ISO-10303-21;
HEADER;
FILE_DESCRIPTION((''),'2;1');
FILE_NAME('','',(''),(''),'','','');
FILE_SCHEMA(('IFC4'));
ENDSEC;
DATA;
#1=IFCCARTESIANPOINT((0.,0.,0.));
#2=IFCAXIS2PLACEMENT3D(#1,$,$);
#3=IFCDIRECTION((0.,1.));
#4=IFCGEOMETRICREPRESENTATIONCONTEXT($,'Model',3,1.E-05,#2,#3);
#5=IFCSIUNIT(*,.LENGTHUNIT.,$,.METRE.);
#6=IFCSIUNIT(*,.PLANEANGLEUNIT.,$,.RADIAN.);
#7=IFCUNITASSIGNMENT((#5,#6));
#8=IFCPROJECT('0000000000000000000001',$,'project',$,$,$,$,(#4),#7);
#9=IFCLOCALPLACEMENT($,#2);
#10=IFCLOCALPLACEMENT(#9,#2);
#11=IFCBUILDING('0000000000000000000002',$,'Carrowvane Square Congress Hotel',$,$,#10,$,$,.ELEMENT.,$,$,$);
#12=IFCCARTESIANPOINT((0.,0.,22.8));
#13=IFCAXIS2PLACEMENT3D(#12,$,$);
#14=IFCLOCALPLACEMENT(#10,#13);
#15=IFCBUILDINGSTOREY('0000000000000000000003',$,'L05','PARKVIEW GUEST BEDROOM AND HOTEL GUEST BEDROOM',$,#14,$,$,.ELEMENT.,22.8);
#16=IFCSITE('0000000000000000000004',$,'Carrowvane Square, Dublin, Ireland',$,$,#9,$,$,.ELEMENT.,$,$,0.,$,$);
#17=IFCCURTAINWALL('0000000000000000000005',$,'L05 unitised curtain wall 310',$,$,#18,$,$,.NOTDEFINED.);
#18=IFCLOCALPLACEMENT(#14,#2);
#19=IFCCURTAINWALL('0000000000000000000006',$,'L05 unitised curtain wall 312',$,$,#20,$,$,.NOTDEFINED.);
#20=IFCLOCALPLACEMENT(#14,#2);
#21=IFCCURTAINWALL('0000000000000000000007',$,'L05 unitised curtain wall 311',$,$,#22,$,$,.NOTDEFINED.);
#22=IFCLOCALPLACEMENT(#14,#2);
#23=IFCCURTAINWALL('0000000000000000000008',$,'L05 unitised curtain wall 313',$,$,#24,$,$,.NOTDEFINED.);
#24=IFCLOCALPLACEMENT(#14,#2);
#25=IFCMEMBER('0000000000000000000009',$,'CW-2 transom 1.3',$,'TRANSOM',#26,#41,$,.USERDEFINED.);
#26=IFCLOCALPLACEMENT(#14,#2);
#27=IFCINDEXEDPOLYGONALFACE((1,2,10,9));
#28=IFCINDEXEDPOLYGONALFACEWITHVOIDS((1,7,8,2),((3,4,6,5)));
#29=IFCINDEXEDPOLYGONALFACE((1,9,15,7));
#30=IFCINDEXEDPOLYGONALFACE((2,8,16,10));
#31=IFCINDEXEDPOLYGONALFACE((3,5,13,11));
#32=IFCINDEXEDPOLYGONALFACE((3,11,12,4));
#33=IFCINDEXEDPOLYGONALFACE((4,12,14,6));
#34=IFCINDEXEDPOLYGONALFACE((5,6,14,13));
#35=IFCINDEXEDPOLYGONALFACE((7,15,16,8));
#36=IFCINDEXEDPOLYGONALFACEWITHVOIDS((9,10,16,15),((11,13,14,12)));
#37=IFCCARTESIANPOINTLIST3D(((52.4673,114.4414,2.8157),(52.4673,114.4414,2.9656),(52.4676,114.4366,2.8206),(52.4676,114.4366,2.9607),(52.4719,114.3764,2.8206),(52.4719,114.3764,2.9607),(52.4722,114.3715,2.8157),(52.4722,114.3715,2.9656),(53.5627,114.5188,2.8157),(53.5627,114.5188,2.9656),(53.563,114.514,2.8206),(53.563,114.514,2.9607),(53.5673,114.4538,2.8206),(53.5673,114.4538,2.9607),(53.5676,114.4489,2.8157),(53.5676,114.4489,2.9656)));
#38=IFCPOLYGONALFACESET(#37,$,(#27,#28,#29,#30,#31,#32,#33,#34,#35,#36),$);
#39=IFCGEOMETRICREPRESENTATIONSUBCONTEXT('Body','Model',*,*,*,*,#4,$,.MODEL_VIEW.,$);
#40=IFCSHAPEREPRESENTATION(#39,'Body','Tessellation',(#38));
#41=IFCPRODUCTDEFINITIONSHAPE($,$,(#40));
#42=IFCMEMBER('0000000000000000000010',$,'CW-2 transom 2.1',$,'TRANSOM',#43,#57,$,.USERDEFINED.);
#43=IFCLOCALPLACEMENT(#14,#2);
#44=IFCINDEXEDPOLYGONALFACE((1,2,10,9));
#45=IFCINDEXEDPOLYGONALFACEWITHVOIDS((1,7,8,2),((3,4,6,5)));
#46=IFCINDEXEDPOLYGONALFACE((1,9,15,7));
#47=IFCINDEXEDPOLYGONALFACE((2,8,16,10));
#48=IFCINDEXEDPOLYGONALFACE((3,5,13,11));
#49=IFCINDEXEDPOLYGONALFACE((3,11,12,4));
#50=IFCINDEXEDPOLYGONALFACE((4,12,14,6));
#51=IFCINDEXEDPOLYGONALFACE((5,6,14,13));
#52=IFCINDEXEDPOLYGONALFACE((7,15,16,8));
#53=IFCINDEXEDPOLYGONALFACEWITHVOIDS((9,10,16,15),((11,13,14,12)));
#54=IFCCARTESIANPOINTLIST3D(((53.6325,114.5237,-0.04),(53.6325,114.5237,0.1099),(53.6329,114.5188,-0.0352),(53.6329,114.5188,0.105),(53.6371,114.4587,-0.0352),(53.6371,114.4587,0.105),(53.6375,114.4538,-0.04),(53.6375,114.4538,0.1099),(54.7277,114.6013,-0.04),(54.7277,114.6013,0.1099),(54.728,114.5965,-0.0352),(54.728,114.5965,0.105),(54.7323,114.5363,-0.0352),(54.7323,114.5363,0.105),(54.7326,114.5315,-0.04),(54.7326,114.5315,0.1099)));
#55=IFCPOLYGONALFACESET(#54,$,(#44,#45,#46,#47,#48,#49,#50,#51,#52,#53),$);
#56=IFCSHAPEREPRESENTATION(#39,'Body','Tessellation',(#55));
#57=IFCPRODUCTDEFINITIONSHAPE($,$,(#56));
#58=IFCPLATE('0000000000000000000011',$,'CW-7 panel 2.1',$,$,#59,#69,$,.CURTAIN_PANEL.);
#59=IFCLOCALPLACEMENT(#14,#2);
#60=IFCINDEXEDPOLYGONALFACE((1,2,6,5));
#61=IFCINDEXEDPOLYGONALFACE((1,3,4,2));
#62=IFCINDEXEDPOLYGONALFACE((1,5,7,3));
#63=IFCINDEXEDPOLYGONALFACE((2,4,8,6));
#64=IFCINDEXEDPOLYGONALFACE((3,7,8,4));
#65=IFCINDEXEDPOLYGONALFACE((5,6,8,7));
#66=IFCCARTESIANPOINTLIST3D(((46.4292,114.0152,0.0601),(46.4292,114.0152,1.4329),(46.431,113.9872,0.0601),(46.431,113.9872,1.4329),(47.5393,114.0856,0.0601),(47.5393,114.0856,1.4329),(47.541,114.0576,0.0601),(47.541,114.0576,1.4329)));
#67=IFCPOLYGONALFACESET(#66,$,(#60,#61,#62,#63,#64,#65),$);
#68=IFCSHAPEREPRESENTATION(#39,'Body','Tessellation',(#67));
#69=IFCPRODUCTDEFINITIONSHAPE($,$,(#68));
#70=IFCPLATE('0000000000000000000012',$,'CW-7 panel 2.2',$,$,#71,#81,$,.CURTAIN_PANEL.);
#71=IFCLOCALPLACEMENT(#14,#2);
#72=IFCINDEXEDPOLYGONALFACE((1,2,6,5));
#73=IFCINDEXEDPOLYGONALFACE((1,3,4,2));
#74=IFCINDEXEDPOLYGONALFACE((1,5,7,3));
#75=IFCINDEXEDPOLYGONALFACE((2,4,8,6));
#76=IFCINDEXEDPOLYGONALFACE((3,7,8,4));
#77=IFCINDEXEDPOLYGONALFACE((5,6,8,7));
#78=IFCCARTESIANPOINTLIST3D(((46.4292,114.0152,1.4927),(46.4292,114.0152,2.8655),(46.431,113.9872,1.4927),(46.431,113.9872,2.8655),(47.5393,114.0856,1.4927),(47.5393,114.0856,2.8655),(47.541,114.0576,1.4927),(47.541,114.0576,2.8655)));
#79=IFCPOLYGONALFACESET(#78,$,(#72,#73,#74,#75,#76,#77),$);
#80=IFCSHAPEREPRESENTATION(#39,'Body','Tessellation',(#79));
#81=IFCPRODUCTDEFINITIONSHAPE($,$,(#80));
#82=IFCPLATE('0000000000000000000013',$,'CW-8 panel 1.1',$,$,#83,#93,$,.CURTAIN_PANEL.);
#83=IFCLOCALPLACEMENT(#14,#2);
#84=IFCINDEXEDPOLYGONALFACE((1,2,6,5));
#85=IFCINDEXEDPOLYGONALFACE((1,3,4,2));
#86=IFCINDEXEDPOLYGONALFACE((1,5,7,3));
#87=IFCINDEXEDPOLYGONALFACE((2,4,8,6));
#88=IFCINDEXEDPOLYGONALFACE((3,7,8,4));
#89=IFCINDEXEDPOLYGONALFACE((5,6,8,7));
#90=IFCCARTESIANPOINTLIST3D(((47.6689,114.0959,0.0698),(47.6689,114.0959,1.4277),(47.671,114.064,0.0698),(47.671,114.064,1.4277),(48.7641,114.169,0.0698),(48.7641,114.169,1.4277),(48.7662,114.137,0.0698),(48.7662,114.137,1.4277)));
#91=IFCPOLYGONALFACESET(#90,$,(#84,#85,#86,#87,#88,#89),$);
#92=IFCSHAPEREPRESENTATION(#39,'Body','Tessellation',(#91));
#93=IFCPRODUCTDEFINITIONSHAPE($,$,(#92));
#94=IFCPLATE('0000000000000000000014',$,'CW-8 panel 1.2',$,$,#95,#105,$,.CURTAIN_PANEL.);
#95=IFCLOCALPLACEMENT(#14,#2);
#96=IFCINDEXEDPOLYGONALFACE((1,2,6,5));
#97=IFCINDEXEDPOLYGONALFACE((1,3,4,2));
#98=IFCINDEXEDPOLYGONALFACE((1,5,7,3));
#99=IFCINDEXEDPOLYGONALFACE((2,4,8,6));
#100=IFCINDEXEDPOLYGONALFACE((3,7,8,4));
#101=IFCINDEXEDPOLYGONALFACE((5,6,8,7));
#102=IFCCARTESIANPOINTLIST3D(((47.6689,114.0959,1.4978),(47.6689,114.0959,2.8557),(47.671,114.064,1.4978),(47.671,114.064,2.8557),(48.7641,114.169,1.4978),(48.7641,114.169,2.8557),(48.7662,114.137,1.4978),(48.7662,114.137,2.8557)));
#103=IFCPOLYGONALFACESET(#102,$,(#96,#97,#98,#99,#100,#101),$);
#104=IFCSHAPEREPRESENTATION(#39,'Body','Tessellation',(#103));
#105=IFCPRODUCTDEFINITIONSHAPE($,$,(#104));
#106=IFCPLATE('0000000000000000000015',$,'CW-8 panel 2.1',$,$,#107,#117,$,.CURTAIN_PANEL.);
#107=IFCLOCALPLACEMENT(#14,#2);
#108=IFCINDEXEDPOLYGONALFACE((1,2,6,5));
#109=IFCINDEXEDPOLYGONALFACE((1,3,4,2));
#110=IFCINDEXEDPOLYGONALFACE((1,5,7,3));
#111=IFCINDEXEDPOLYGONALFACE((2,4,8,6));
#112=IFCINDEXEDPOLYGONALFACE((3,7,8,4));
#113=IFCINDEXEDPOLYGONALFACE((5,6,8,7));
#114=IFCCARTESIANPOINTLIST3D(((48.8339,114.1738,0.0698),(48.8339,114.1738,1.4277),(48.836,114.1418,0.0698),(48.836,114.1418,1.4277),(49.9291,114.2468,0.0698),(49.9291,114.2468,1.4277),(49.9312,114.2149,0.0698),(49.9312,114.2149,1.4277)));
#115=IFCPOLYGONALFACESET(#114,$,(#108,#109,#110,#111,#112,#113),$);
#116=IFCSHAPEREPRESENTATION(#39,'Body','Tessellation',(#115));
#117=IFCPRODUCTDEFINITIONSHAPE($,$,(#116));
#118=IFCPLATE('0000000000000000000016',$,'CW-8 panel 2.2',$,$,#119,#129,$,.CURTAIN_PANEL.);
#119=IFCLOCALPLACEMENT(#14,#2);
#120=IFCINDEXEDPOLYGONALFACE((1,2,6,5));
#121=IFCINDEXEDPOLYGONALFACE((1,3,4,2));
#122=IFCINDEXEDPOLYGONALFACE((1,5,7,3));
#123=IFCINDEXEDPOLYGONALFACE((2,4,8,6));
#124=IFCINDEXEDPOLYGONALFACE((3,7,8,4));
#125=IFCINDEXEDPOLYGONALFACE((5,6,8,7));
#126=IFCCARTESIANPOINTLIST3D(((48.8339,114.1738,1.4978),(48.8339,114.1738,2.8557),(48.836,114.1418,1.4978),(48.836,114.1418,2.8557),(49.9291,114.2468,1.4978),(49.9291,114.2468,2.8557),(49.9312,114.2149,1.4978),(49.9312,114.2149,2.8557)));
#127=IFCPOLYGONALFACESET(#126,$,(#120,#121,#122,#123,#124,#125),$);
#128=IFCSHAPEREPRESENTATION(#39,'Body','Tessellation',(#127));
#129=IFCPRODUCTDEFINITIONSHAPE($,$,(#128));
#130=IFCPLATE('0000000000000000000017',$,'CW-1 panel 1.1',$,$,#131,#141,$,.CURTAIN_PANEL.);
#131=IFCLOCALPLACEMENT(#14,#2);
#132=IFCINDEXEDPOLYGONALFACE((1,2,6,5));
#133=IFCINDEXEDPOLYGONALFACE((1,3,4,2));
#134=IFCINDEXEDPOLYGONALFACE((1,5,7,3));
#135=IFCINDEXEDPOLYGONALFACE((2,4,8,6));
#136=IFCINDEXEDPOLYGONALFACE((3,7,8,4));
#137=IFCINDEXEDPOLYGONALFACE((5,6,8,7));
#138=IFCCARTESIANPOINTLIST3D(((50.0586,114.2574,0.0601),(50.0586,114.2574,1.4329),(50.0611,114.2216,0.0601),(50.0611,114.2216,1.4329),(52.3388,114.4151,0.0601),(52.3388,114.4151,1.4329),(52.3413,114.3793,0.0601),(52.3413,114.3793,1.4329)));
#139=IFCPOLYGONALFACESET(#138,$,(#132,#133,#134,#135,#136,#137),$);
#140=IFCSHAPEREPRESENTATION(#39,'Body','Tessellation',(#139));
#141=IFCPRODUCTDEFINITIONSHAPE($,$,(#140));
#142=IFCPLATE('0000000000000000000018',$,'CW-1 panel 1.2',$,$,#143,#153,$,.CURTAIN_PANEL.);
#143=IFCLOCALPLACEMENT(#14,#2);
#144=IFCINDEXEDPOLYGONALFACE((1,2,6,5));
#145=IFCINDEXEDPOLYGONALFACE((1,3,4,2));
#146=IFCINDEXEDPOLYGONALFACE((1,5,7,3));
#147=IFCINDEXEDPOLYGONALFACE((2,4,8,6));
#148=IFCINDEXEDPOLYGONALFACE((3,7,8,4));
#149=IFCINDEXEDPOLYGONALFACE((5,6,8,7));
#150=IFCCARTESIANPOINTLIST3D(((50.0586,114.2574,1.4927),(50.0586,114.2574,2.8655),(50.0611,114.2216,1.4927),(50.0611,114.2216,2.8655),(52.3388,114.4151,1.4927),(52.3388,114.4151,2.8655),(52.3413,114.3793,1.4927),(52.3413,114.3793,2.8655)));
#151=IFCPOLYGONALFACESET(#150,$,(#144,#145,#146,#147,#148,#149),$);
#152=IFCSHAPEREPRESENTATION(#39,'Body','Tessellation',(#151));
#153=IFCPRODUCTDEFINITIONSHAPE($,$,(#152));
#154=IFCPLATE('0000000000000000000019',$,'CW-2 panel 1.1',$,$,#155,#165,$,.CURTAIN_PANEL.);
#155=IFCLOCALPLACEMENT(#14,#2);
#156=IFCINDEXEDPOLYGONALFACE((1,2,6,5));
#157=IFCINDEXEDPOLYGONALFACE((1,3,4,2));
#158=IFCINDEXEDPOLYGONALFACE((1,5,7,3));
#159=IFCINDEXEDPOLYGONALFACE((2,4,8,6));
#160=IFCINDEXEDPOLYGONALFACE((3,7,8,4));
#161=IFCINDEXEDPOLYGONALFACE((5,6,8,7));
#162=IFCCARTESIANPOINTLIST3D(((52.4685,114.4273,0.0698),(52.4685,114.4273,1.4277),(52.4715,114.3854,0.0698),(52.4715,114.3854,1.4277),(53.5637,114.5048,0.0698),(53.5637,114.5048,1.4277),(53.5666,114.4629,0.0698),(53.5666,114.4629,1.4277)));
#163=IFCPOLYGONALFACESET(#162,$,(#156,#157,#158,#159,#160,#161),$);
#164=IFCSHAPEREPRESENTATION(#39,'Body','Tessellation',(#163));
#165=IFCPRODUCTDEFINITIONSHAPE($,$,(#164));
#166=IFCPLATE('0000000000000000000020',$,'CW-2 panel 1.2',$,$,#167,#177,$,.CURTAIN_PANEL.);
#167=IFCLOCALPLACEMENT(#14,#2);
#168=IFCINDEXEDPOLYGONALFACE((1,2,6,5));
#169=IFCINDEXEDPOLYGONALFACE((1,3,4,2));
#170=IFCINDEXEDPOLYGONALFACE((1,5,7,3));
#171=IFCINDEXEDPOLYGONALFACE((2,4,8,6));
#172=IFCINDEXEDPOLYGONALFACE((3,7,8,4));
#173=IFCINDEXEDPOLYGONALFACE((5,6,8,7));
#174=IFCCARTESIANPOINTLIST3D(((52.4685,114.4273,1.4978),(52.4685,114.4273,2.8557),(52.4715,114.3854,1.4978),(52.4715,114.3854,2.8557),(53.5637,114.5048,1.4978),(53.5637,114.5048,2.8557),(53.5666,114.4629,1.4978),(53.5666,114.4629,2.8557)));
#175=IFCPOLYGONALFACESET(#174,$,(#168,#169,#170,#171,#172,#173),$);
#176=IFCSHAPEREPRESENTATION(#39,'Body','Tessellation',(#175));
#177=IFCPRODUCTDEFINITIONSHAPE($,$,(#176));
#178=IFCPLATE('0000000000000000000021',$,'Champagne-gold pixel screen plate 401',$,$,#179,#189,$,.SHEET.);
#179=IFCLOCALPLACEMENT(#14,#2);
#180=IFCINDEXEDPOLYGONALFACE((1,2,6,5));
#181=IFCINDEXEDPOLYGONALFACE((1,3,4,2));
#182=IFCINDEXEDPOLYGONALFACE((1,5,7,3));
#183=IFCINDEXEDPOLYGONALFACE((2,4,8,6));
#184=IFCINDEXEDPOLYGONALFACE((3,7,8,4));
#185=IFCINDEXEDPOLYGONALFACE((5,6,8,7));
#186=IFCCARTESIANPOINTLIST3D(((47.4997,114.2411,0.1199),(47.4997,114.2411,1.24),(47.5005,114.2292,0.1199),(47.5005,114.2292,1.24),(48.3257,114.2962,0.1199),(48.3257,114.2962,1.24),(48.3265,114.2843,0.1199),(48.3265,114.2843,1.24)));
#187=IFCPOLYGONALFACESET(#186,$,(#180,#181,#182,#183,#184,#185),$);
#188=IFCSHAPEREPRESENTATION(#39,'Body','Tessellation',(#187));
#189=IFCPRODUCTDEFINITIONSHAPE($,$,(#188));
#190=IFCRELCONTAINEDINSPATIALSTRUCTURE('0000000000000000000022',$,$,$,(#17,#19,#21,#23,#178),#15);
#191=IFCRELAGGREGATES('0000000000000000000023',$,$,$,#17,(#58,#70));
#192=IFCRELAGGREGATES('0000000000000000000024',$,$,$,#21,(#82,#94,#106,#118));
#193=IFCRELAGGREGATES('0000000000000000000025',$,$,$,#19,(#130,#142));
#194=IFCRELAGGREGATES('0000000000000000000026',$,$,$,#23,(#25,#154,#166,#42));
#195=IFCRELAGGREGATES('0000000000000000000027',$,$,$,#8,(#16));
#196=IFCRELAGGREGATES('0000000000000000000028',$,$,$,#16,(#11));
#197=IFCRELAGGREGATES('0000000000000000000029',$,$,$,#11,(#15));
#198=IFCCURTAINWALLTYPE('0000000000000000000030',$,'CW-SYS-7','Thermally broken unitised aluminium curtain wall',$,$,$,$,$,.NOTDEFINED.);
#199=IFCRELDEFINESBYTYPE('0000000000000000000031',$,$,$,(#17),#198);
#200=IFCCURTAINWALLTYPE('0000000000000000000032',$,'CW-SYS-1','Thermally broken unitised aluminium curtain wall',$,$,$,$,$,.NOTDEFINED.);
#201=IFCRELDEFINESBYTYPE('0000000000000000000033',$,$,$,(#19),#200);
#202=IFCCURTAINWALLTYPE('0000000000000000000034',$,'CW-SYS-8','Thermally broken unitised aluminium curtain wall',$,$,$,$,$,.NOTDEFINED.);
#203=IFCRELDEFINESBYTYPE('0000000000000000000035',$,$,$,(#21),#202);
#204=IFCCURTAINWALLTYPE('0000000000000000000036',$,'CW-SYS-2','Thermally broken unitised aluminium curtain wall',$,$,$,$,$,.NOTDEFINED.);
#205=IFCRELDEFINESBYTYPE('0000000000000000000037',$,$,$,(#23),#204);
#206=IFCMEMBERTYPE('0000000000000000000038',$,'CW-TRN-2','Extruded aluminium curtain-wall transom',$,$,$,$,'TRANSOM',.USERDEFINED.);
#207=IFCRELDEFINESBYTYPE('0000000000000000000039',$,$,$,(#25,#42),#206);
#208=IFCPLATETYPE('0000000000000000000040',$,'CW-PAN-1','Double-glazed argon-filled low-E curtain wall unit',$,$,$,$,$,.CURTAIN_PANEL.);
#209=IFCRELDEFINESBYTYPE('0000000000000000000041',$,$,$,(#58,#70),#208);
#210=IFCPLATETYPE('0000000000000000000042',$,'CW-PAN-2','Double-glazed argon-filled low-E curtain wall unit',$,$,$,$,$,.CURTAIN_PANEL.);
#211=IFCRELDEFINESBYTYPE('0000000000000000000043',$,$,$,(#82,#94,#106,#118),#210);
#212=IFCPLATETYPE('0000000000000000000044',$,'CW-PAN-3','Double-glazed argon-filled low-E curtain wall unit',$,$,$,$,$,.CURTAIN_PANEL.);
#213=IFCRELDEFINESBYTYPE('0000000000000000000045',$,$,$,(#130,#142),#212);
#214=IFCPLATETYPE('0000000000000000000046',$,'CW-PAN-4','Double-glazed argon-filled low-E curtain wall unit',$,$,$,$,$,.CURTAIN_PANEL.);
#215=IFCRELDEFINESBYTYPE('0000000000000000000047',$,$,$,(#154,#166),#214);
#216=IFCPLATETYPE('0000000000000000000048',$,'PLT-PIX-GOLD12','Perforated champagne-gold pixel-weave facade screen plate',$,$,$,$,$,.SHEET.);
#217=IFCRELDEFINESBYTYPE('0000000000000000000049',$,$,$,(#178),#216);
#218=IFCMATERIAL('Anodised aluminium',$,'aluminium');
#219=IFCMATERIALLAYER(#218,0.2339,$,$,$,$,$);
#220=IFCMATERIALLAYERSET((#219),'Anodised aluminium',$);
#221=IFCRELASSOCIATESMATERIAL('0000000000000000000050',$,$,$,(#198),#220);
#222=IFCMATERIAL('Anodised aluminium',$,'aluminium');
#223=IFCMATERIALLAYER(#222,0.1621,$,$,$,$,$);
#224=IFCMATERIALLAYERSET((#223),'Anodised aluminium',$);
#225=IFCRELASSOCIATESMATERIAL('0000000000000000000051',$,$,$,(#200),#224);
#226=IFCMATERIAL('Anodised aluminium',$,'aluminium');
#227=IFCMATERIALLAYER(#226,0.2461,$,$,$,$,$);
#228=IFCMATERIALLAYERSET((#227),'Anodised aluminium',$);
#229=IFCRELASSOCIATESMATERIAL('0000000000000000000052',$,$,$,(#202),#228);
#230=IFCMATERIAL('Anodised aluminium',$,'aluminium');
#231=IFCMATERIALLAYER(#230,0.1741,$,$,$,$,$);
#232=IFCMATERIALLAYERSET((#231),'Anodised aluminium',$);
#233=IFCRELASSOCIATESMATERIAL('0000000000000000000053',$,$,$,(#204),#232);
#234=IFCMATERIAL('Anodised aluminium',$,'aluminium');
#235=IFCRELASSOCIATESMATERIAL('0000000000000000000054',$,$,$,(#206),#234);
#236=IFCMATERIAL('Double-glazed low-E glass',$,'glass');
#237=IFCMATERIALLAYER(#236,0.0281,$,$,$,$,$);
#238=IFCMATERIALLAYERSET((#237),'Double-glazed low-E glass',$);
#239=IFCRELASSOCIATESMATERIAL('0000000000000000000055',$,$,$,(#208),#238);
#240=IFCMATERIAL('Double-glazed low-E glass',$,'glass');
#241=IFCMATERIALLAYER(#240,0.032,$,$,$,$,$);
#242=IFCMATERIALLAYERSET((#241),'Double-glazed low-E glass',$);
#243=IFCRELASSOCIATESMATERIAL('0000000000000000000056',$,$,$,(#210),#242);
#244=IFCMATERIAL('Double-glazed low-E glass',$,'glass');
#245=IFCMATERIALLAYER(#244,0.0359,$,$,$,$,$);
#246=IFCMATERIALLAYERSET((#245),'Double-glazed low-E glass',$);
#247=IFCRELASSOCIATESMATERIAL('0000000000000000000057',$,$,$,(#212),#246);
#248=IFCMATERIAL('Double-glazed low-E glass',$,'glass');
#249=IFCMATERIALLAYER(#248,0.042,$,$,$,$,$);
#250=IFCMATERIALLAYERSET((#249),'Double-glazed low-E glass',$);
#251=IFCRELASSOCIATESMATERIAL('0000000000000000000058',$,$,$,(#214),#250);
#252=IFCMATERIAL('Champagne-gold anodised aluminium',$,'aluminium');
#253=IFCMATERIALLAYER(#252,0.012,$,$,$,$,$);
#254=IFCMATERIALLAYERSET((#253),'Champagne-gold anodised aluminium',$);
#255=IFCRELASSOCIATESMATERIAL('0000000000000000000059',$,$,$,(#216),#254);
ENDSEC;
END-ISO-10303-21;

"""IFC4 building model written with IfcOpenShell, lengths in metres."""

from ifc_helpers import new_model, si_unit, direction, frame, origin, origin_2d, place, context, subcontext, project, spatial, rectangle, hollow_rectangle, extrude, material, layer, layer_set, material_profile, profile_set, type_object, element, aggregate, save


model = new_model("IFC4")

# Units and contexts
model_context = context("Model", 3, precision=1e-05, world=origin(), true_north=direction((0.0, 1.0)))
body_context = subcontext(model_context, "Body", "Model", "MODEL_VIEW")
ifc_project = project(units=[si_unit("LENGTHUNIT", "METRE"), si_unit("PLANEANGLEUNIT", "RADIAN")], contexts=[model_context])

# Site, building, storey
site_placement = place(None, origin())
site = spatial("IfcSite", under=ifc_project, at=site_placement, Name="Carrowvane Square, Dublin, Ireland", CompositionType="ELEMENT", RefElevation=0.0)
building_placement = place(site_placement, origin())
building = spatial("IfcBuilding", under=site, at=building_placement, Name="Carrowvane Square Congress Hotel", CompositionType="ELEMENT")
storey_placement = place(building_placement, frame((0.0, 0.0, 22.8)))
storey = spatial("IfcBuildingStorey", under=building, at=storey_placement, Name="L05", Description="PARKVIEW GUEST BEDROOM AND HOTEL GUEST BEDROOM", CompositionType="ELEMENT", Elevation=22.8)

# Curtain wall
ifc_material_1 = material(Name="Anodised aluminium", Category="aluminium")
ifc_layer_1 = layer(ifc_material_1, 0.2339)
ifc_layer_set_1 = layer_set([ifc_layer_1], Name="Anodised aluminium")
curtain_wall_type_1 = type_object("IfcCurtainWallType", Name="CW-SYS-7", Description="Thermally broken unitised aluminium curtain wall", PredefinedType="NOTDEFINED", material=ifc_layer_set_1)
curtain_wall_1_placement = place(storey_placement, origin())
curtain_wall_1 = element("IfcCurtainWall", 1, at=curtain_wall_1_placement, inside=storey, type_object=curtain_wall_type_1, Name="L05 unitised curtain wall 310", PredefinedType="NOTDEFINED")

# Curtain walls
ifc_material_2 = material(Name="Anodised aluminium", Category="aluminium")
ifc_layer_2 = layer(ifc_material_2, 0.1621)
ifc_layer_set_2 = layer_set([ifc_layer_2], Name="Anodised aluminium")
curtain_wall_type_2 = type_object("IfcCurtainWallType", Name="CW-SYS-1", Description="Thermally broken unitised aluminium curtain wall", PredefinedType="NOTDEFINED", material=ifc_layer_set_2)
curtain_wall_2_placement = place(storey_placement, origin())
curtain_wall_2 = element("IfcCurtainWall", 2, at=curtain_wall_2_placement, inside=storey, type_object=curtain_wall_type_2, Name="L05 unitised curtain wall 312", PredefinedType="NOTDEFINED")
ifc_material_3 = material(Name="Anodised aluminium", Category="aluminium")
ifc_layer_3 = layer(ifc_material_3, 0.2461)
ifc_layer_set_3 = layer_set([ifc_layer_3], Name="Anodised aluminium")
curtain_wall_type_3 = type_object("IfcCurtainWallType", Name="CW-SYS-8", Description="Thermally broken unitised aluminium curtain wall", PredefinedType="NOTDEFINED", material=ifc_layer_set_3)
curtain_wall_3_placement = place(storey_placement, origin())
curtain_wall_3 = element("IfcCurtainWall", 3, at=curtain_wall_3_placement, inside=storey, type_object=curtain_wall_type_3, Name="L05 unitised curtain wall 311", PredefinedType="NOTDEFINED")
ifc_material_4 = material(Name="Anodised aluminium", Category="aluminium")
ifc_layer_4 = layer(ifc_material_4, 0.1741)
ifc_layer_set_4 = layer_set([ifc_layer_4], Name="Anodised aluminium")
curtain_wall_type_4 = type_object("IfcCurtainWallType", Name="CW-SYS-2", Description="Thermally broken unitised aluminium curtain wall", PredefinedType="NOTDEFINED", material=ifc_layer_set_4)
curtain_wall_4_placement = place(storey_placement, origin())
curtain_wall_4 = element("IfcCurtainWall", 4, at=curtain_wall_4_placement, inside=storey, type_object=curtain_wall_type_4, Name="L05 unitised curtain wall 313", PredefinedType="NOTDEFINED")

# Members
ifc_material_5 = material(Name="Anodised aluminium", Category="aluminium")
ifc_material_profile_1 = material_profile(ifc_material_5, hollow_rectangle(XDim=0.0701, YDim=0.1499, WallThickness=0.0049, at=origin_2d()), Name="CW-TR 70x150x5")
ifc_profile_set_1 = profile_set([ifc_material_profile_1], Name="Anodised aluminium")
member_type_1 = type_object("IfcMemberType", Name="CW-TRN-2", Description="Extruded aluminium curtain-wall transom", ElementType="TRANSOM", PredefinedType="USERDEFINED", material=ifc_profile_set_1)
member_1_placement = place(storey_placement, frame((52.4697, 114.4065, 2.8906), z_axis=(0.997514, 0.070473, 0.0), x_axis=(-0.070473, 0.997514, 0.0)))
member_1 = element("IfcMember", 5, at=member_1_placement, type_object=member_type_1, Name="CW-2 transom 1.3", ObjectType="TRANSOM", PredefinedType="USERDEFINED", context=body_context, shape_type="SweptSolid", body=[
    extrude(hollow_rectangle(XDim=0.0701, YDim=0.1499, WallThickness=0.0049, at=origin_2d()), origin(), (0.0, 0.0, 1.0), 1.0981),
])
member_2_placement = place(storey_placement, frame((53.635, 114.4888, 0.0349), z_axis=(0.997497, 0.07071, 0.0), x_axis=(-0.07071, 0.997497, 0.0)))
member_2 = element("IfcMember", 6, at=member_2_placement, type_object=member_type_1, Name="CW-2 transom 2.1", ObjectType="TRANSOM", PredefinedType="USERDEFINED", context=body_context, shape_type="SweptSolid", body=[
    extrude(hollow_rectangle(XDim=0.0701, YDim=0.1499, WallThickness=0.0049, at=origin_2d()), origin(), (0.0, 0.0, 1.0), 1.0979),
])

# Plates
ifc_material_6 = material(Name="Double-glazed low-E glass", Category="glass")
ifc_layer_5 = layer(ifc_material_6, 0.0281)
ifc_layer_set_5 = layer_set([ifc_layer_5], Name="Double-glazed low-E glass")
plate_type_1 = type_object("IfcPlateType", Name="CW-PAN-1", Description="Double-glazed argon-filled low-E curtain wall unit", PredefinedType="CURTAIN_PANEL", material=ifc_layer_set_5)
plate_1_placement = place(storey_placement, frame((46.9851, 114.0364, 0.0601), z_axis=(0.0, 0.0, 1.0), x_axis=(0.997996, 0.063273, 0.0)))
plate_1 = element("IfcPlate", 7, at=plate_1_placement, type_object=plate_type_1, Name="CW-7 panel 2.1", PredefinedType="CURTAIN_PANEL", context=body_context, shape_type="SweptSolid", body=[
    extrude(rectangle(XDim=1.1123, YDim=0.0281, at=origin_2d()), origin(), (0.0, 0.0, 1.0), 1.3728),
])
plate_2_placement = place(storey_placement, frame((46.9851, 114.0364, 1.4927), z_axis=(0.0, 0.0, 1.0), x_axis=(0.997996, 0.063273, 0.0)))
plate_2 = element("IfcPlate", 8, at=plate_2_placement, type_object=plate_type_1, Name="CW-7 panel 2.2", PredefinedType="CURTAIN_PANEL", context=body_context, shape_type="SweptSolid", body=[
    extrude(rectangle(XDim=1.1123, YDim=0.0281, at=origin_2d()), origin(), (0.0, 0.0, 1.0), 1.3728),
])
aggregate(curtain_wall_1, [plate_1, plate_2])
ifc_material_7 = material(Name="Double-glazed low-E glass", Category="glass")
ifc_layer_6 = layer(ifc_material_7, 0.032)
ifc_layer_set_6 = layer_set([ifc_layer_6], Name="Double-glazed low-E glass")
plate_type_2 = type_object("IfcPlateType", Name="CW-PAN-2", Description="Double-glazed argon-filled low-E curtain wall unit", PredefinedType="CURTAIN_PANEL", material=ifc_layer_set_6)
plate_3_placement = place(storey_placement, frame((48.2175, 114.1165, 0.0698), z_axis=(0.0, 0.0, 1.0), x_axis=(0.997781, 0.066578, 0.0)))
plate_3 = element("IfcPlate", 9, at=plate_3_placement, type_object=plate_type_2, Name="CW-8 panel 1.1", PredefinedType="CURTAIN_PANEL", context=body_context, shape_type="SweptSolid", body=[
    extrude(rectangle(XDim=1.0977, YDim=0.032, at=origin_2d()), origin(), (0.0, 0.0, 1.0), 1.3579),
])
plate_4_placement = place(storey_placement, frame((48.2175, 114.1165, 1.4978), z_axis=(0.0, 0.0, 1.0), x_axis=(0.997781, 0.066578, 0.0)))
plate_4 = element("IfcPlate", 10, at=plate_4_placement, type_object=plate_type_2, Name="CW-8 panel 1.2", PredefinedType="CURTAIN_PANEL", context=body_context, shape_type="SweptSolid", body=[
    extrude(rectangle(XDim=1.0977, YDim=0.032, at=origin_2d()), origin(), (0.0, 0.0, 1.0), 1.3579),
])
plate_5_placement = place(storey_placement, frame((49.3826, 114.1943, 0.0698), z_axis=(0.0, 0.0, 1.0), x_axis=(0.997781, 0.066578, 0.0)))
plate_5 = element("IfcPlate", 11, at=plate_5_placement, type_object=plate_type_2, Name="CW-8 panel 2.1", PredefinedType="CURTAIN_PANEL", context=body_context, shape_type="SweptSolid", body=[
    extrude(rectangle(XDim=1.0977, YDim=0.032, at=origin_2d()), origin(), (0.0, 0.0, 1.0), 1.3579),
])
plate_6_placement = place(storey_placement, frame((49.3826, 114.1943, 1.4978), z_axis=(0.0, 0.0, 1.0), x_axis=(0.997781, 0.066578, 0.0)))
plate_6 = element("IfcPlate", 12, at=plate_6_placement, type_object=plate_type_2, Name="CW-8 panel 2.2", PredefinedType="CURTAIN_PANEL", context=body_context, shape_type="SweptSolid", body=[
    extrude(rectangle(XDim=1.0977, YDim=0.032, at=origin_2d()), origin(), (0.0, 0.0, 1.0), 1.3579),
])
aggregate(curtain_wall_3, [plate_3, plate_4, plate_5, plate_6])
ifc_material_8 = material(Name="Double-glazed low-E glass", Category="glass")
ifc_layer_7 = layer(ifc_material_8, 0.0359)
ifc_layer_set_7 = layer_set([ifc_layer_7], Name="Double-glazed low-E glass")
plate_type_3 = type_object("IfcPlateType", Name="CW-PAN-3", Description="Double-glazed argon-filled low-E curtain wall unit", PredefinedType="CURTAIN_PANEL", material=ifc_layer_set_7)
plate_7_placement = place(storey_placement, frame((51.2, 114.3184, 0.0601), z_axis=(0.0, 0.0, 1.0), x_axis=(0.997618, 0.068986, 0.0)))
plate_7 = element("IfcPlate", 13, at=plate_7_placement, type_object=plate_type_3, Name="CW-1 panel 1.1", PredefinedType="CURTAIN_PANEL", context=body_context, shape_type="SweptSolid", body=[
    extrude(rectangle(XDim=2.2856, YDim=0.0359, at=origin_2d()), origin(), (0.0, 0.0, 1.0), 1.3728),
])
plate_8_placement = place(storey_placement, frame((51.2, 114.3184, 1.4927), z_axis=(0.0, 0.0, 1.0), x_axis=(0.997618, 0.068986, 0.0)))
plate_8 = element("IfcPlate", 14, at=plate_8_placement, type_object=plate_type_3, Name="CW-1 panel 1.2", PredefinedType="CURTAIN_PANEL", context=body_context, shape_type="SweptSolid", body=[
    extrude(rectangle(XDim=2.2856, YDim=0.0359, at=origin_2d()), origin(), (0.0, 0.0, 1.0), 1.3728),
])
aggregate(curtain_wall_2, [plate_7, plate_8])
ifc_material_9 = material(Name="Double-glazed low-E glass", Category="glass")
ifc_layer_8 = layer(ifc_material_9, 0.042)
ifc_layer_set_8 = layer_set([ifc_layer_8], Name="Double-glazed low-E glass")
plate_type_4 = type_object("IfcPlateType", Name="CW-PAN-4", Description="Double-glazed argon-filled low-E curtain wall unit", PredefinedType="CURTAIN_PANEL", material=ifc_layer_set_8)
plate_9_placement = place(storey_placement, frame((53.0176, 114.4451, 0.0698), z_axis=(0.0, 0.0, 1.0), x_axis=(0.997506, 0.070586, 0.0)))
plate_9 = element("IfcPlate", 15, at=plate_9_placement, type_object=plate_type_4, Name="CW-2 panel 1.1", PredefinedType="CURTAIN_PANEL", context=body_context, shape_type="SweptSolid", body=[
    extrude(rectangle(XDim=1.0979, YDim=0.042, at=origin_2d()), origin(), (0.0, 0.0, 1.0), 1.3579),
])
plate_10_placement = place(storey_placement, frame((53.0176, 114.4451, 1.4978), z_axis=(0.0, 0.0, 1.0), x_axis=(0.997506, 0.070586, 0.0)))
plate_10 = element("IfcPlate", 16, at=plate_10_placement, type_object=plate_type_4, Name="CW-2 panel 1.2", PredefinedType="CURTAIN_PANEL", context=body_context, shape_type="SweptSolid", body=[
    extrude(rectangle(XDim=1.0979, YDim=0.042, at=origin_2d()), origin(), (0.0, 0.0, 1.0), 1.3579),
])
aggregate(curtain_wall_4, [member_1, plate_9, plate_10, member_2])

# Plate
ifc_material_10 = material(Name="Champagne-gold anodised aluminium", Category="aluminium")
ifc_layer_9 = layer(ifc_material_10, 0.012)
ifc_layer_set_9 = layer_set([ifc_layer_9], Name="Champagne-gold anodised aluminium")
plate_type_5 = type_object("IfcPlateType", Name="PLT-PIX-GOLD12", Description="Perforated champagne-gold pixel-weave facade screen plate", PredefinedType="SHEET", material=ifc_layer_set_9)
for number, where, z_axis, x_axis, name in (
    (17, (47.9131, 114.2627, 0.1199), (0.0, 0.0, 1.0), (0.997781, 0.066574, 0.0), "Champagne-gold pixel screen plate 401"),
):
    element("IfcPlate", number, at=place(storey_placement, frame(where, z_axis=z_axis, x_axis=x_axis)), inside=storey, type_object=plate_type_5, Name=name, PredefinedType="SHEET", context=body_context, shape_type="SweptSolid", body=[
        extrude(rectangle(XDim=0.8279, YDim=0.012, at=origin_2d()), origin(), (0.0, 0.0, 1.0), 1.1201),
    ])

save(model, "model.ifc")
